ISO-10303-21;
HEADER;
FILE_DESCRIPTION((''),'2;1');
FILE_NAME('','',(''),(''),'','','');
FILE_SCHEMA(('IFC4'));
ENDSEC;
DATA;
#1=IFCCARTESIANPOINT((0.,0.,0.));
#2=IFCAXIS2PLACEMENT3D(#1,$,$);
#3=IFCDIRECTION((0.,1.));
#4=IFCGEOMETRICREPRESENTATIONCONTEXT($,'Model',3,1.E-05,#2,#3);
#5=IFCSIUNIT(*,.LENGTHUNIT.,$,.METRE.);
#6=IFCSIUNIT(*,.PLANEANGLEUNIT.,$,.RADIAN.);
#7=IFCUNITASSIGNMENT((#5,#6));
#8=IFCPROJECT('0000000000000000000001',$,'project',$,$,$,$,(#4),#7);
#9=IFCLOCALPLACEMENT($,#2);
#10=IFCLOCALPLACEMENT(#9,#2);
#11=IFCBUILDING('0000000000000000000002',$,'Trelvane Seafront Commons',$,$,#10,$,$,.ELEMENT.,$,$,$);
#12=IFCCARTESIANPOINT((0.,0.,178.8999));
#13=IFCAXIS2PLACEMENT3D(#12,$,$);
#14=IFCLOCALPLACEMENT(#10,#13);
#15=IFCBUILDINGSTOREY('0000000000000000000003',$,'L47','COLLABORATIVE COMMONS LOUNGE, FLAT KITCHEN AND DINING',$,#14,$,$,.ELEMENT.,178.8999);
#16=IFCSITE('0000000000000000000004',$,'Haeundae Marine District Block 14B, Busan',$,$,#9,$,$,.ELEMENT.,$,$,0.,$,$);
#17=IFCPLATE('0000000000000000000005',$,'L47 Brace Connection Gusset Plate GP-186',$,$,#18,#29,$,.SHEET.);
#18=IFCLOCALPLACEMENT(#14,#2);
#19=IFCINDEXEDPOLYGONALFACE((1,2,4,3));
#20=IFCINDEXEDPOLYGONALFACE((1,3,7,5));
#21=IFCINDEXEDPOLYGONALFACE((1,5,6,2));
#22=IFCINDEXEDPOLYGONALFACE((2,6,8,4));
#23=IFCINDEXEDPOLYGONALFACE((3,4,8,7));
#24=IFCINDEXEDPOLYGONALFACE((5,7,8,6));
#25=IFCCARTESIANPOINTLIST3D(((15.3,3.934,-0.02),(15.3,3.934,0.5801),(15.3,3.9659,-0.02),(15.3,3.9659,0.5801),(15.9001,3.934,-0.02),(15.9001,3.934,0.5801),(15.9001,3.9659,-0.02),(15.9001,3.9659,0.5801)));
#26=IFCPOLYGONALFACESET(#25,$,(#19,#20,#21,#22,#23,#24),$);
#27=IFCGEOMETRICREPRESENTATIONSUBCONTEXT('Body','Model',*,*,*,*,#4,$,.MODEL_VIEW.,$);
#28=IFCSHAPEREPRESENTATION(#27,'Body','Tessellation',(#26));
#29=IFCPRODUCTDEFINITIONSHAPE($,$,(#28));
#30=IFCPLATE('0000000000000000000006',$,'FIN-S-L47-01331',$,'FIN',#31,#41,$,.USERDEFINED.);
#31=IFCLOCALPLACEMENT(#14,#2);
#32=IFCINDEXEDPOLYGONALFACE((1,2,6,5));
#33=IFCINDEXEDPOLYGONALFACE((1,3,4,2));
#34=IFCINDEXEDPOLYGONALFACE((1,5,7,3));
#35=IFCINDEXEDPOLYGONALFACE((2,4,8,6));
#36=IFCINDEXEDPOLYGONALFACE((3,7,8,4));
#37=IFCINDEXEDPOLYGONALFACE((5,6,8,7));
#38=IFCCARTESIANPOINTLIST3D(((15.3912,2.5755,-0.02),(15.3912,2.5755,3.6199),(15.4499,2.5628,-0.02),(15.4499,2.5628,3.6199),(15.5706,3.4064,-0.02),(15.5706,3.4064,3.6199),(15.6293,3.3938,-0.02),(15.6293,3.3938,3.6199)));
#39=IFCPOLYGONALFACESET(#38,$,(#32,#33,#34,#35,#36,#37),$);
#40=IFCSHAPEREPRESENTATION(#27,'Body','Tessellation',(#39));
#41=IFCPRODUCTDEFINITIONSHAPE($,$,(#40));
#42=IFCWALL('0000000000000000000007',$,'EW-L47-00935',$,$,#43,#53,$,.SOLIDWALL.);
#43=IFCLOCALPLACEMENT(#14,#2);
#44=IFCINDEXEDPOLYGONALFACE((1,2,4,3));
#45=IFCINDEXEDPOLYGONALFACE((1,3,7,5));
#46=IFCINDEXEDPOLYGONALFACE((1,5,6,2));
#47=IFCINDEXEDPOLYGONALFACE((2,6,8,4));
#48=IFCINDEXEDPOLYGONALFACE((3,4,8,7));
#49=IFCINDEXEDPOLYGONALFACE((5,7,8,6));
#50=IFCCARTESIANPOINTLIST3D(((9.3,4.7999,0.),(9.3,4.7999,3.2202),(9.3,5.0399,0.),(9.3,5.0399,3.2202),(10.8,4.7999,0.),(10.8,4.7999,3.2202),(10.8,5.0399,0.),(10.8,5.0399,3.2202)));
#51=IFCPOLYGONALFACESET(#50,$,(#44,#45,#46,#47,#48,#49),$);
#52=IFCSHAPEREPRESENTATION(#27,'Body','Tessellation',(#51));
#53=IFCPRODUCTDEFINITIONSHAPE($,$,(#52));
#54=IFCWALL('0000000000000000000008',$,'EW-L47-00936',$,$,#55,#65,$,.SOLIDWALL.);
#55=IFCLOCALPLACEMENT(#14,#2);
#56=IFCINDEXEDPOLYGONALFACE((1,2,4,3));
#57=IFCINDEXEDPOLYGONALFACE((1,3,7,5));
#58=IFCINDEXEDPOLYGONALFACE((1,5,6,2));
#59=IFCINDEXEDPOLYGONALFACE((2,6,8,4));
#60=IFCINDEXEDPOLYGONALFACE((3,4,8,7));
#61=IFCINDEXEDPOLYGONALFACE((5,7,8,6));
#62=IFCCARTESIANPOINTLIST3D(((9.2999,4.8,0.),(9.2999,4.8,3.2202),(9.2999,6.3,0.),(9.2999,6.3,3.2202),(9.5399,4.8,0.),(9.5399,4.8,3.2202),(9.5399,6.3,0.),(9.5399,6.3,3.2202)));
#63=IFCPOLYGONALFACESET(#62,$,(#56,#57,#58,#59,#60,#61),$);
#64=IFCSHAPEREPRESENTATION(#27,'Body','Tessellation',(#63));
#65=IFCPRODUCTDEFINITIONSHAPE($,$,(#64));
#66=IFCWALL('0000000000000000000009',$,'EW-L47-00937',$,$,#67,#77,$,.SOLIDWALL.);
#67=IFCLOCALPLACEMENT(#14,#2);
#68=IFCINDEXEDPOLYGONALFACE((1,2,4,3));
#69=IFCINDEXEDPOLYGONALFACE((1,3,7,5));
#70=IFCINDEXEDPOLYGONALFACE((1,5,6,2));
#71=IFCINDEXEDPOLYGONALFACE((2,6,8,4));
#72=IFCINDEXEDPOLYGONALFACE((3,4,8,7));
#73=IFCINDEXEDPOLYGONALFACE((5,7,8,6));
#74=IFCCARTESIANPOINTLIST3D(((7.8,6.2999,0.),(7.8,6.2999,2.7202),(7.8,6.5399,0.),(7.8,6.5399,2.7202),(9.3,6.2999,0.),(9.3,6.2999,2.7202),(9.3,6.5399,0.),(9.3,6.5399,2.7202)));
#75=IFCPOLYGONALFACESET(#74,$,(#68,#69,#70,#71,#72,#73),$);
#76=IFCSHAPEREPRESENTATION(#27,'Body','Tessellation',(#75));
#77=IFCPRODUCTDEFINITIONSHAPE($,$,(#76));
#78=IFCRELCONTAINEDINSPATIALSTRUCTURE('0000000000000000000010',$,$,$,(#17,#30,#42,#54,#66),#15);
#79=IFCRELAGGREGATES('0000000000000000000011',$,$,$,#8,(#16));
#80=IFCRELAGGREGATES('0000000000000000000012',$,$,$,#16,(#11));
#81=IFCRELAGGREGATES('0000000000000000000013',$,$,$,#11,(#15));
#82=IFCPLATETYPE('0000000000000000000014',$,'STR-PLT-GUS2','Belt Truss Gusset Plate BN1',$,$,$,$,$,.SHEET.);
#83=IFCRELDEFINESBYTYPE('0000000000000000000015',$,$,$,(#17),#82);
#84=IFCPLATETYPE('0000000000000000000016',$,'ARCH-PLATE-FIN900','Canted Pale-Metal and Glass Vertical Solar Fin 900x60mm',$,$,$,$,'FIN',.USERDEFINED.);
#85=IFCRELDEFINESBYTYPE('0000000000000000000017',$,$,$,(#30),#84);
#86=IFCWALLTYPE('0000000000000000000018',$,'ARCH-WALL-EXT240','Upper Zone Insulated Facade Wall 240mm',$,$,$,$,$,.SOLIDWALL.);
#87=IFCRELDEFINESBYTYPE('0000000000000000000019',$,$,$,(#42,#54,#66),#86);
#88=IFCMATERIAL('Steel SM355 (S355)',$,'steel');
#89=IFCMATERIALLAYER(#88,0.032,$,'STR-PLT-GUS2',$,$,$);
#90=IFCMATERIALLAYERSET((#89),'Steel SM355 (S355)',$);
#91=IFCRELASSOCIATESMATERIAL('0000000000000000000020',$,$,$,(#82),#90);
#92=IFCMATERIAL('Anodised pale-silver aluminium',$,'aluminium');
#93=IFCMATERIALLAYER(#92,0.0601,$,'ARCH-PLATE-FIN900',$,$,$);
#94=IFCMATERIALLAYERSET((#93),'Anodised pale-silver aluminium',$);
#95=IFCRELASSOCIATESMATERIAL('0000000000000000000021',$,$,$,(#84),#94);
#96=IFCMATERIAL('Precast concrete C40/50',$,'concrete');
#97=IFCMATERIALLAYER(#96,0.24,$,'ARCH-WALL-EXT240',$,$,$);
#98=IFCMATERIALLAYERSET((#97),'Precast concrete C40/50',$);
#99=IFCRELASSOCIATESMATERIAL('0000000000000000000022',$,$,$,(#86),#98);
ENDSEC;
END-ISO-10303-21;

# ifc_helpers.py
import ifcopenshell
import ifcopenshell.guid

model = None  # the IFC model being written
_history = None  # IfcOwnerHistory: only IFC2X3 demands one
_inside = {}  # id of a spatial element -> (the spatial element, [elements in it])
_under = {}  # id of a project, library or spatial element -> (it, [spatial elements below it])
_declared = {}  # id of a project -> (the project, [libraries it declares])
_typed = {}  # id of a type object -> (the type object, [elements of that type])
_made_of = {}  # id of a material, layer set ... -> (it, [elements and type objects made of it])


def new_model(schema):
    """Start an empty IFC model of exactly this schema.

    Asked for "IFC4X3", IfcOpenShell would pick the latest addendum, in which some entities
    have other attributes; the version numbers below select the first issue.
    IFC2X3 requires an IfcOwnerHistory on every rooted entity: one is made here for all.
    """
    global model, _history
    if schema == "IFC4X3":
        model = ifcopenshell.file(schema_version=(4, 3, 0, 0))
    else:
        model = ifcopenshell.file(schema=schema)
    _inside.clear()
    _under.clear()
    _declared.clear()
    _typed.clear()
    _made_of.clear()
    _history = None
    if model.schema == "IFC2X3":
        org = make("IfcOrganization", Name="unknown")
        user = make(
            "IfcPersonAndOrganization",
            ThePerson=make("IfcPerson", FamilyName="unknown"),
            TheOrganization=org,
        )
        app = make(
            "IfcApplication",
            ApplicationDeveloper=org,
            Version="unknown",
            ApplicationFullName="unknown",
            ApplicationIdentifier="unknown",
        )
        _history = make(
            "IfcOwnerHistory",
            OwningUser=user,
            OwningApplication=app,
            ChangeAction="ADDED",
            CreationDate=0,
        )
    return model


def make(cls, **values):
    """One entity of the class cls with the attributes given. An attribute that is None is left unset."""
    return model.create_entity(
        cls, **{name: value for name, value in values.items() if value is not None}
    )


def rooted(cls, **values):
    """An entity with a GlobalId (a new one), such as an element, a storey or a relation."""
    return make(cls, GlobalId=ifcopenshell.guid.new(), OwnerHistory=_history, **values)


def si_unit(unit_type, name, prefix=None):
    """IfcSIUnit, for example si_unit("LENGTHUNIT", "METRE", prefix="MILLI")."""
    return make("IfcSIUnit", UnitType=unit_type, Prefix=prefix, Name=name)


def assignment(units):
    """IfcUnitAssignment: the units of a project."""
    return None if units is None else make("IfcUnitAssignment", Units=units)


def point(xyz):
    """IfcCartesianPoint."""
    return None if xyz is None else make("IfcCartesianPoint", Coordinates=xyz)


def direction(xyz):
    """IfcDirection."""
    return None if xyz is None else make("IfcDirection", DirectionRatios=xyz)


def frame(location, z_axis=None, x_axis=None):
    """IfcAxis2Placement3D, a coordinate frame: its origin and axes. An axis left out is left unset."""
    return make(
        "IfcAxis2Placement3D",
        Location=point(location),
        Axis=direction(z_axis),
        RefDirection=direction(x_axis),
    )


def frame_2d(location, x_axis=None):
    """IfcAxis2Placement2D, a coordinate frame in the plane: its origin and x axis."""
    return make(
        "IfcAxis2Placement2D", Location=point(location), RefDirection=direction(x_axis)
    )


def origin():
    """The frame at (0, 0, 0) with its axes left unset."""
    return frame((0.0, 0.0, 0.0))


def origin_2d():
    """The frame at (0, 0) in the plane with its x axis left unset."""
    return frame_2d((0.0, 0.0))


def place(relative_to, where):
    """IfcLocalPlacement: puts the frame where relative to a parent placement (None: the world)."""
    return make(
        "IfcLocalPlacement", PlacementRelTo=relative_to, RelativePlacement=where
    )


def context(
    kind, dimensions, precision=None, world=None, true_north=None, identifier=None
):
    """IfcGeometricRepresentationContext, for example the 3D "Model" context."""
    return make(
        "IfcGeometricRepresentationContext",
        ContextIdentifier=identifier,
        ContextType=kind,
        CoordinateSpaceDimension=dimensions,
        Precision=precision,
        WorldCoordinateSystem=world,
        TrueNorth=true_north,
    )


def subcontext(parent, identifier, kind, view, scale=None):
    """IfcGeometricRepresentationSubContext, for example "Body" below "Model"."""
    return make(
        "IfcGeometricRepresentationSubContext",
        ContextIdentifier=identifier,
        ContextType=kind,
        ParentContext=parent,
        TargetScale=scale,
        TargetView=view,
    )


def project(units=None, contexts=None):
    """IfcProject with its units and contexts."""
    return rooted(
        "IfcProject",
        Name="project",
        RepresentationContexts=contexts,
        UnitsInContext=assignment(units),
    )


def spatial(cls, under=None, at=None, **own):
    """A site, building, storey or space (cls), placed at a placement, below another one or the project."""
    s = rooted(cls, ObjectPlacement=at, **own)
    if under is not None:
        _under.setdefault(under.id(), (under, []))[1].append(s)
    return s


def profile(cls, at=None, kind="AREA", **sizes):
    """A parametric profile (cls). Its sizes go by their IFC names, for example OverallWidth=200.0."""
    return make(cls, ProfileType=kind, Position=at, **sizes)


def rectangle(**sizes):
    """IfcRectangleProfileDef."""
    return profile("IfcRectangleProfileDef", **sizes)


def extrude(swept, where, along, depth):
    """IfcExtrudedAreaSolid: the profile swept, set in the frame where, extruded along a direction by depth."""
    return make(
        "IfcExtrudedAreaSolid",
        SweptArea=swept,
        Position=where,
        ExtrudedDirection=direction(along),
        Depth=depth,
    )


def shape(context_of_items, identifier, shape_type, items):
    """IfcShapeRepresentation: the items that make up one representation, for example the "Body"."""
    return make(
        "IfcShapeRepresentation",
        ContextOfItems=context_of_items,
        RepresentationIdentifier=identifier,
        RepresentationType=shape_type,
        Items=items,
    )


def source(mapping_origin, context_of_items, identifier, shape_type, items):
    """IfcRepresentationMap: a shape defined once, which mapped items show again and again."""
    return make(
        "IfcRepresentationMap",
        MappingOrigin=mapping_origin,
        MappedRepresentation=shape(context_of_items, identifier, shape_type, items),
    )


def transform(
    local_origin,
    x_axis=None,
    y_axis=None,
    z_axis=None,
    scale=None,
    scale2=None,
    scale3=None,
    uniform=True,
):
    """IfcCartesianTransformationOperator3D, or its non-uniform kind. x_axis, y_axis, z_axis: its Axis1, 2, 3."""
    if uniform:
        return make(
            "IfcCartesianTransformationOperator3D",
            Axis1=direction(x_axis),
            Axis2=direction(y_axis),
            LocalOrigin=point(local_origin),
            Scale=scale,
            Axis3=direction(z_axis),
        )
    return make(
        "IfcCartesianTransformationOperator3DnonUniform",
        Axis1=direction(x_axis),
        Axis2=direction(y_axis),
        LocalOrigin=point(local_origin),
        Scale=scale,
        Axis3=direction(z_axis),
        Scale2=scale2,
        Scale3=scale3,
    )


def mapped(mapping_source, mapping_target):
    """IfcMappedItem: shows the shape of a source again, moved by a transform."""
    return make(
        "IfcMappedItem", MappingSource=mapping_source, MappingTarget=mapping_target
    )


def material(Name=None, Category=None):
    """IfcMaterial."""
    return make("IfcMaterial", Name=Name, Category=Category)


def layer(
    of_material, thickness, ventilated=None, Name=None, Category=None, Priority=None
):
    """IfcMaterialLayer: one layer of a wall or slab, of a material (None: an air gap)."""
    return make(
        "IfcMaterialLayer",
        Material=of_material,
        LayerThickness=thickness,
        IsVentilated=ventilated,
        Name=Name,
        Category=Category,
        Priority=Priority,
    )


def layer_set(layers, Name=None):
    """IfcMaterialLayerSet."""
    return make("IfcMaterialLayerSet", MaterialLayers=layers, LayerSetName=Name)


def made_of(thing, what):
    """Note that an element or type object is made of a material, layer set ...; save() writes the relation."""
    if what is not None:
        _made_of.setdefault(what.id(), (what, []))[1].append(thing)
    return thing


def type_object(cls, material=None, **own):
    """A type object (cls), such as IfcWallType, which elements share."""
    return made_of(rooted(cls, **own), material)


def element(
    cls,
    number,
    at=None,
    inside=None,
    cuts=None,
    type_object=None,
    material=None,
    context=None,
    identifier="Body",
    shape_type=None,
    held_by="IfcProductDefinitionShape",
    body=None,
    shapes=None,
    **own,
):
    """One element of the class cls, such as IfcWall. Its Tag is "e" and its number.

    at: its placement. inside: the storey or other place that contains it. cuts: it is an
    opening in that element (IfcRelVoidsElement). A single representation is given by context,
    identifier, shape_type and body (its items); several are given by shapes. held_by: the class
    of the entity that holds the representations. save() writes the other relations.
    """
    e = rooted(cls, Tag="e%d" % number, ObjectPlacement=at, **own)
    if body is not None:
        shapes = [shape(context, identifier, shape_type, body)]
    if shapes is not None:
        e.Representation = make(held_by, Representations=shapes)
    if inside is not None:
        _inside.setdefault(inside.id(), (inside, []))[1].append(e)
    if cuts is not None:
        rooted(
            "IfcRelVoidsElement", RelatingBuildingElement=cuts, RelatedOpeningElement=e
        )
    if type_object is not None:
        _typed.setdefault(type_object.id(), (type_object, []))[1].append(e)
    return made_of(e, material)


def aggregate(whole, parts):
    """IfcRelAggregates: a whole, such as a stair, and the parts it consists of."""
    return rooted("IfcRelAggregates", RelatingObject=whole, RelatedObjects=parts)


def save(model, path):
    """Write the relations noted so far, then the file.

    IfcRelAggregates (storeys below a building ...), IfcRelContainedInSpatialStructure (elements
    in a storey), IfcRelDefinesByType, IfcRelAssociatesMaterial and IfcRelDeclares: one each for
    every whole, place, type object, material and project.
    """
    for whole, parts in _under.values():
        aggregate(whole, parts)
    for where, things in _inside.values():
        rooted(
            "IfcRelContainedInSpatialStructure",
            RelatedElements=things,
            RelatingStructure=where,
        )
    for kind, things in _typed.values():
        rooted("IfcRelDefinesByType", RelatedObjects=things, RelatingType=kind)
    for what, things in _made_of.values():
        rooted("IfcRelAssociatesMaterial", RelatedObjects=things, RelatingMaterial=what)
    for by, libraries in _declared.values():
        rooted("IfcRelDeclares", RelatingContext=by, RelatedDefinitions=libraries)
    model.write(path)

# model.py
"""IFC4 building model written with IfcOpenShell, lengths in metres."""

from ifc_helpers import new_model, si_unit, direction, frame, frame_2d, origin, origin_2d, place, context, subcontext, project, spatial, rectangle, extrude, source, transform, mapped, material, layer, layer_set, type_object, element, save


model = new_model("IFC4")

# Units and contexts
model_context = context("Model", 3, precision=1e-05, world=origin(), true_north=direction((0.0, 1.0)))
body_context = subcontext(model_context, "Body", "Model", "MODEL_VIEW")
ifc_project = project(units=[si_unit("LENGTHUNIT", "METRE"), si_unit("PLANEANGLEUNIT", "RADIAN")], contexts=[model_context])

# Site, building, storey
site_placement = place(None, origin())
site = spatial("IfcSite", under=ifc_project, at=site_placement, Name="Haeundae Marine District Block 14B, Busan", CompositionType="ELEMENT", RefElevation=0.0)
building_placement = place(site_placement, origin())
building = spatial("IfcBuilding", under=site, at=building_placement, Name="Trelvane Seafront Commons", CompositionType="ELEMENT")
storey_placement = place(building_placement, frame((0.0, 0.0, 178.8999)))
storey = spatial("IfcBuildingStorey", under=building, at=storey_placement, Name="L47", Description="COLLABORATIVE COMMONS LOUNGE, FLAT KITCHEN AND DINING", CompositionType="ELEMENT", Elevation=178.8999)

# Shared definitions
ifc_material_1 = material(Name="Steel SM355 (S355)", Category="steel")

# Plates
ifc_layer_1 = layer(ifc_material_1, 0.032, Name="STR-PLT-GUS2")
ifc_layer_set_1 = layer_set([ifc_layer_1], Name="Steel SM355 (S355)")
plate_type_1 = type_object("IfcPlateType", Name="STR-PLT-GUS2", Description="Belt Truss Gusset Plate BN1", PredefinedType="SHEET", material=ifc_layer_set_1)
shared_shape_1 = source(origin(), body_context, "Body", "SweptSolid", [
    extrude(rectangle(XDim=0.6001, YDim=0.032, at=origin_2d()), origin(), (0.0, 0.0, 1.0), 0.6001),
])
plate_1_placement = place(storey_placement, frame((15.6001, 3.95, -0.02), z_axis=(0.0, 0.0, 1.0), x_axis=(1.0, 0.0, 0.0)))
element("IfcPlate", 1, at=plate_1_placement, inside=storey, type_object=plate_type_1, Name="L47 Brace Connection Gusset Plate GP-186", PredefinedType="SHEET", context=body_context, shape_type="MappedRepresentation", body=[
    mapped(shared_shape_1, transform((0.0, 0.0, 0.0), x_axis=(1.0, 0.0, 0.0), y_axis=(0.0, 1.0, 0.0), z_axis=(0.0, 0.0, 1.0), scale=1.0)),
])
ifc_material_2 = material(Name="Anodised pale-silver aluminium", Category="aluminium")
ifc_layer_2 = layer(ifc_material_2, 0.0601, Name="ARCH-PLATE-FIN900")
ifc_layer_set_2 = layer_set([ifc_layer_2], Name="Anodised pale-silver aluminium")
plate_type_2 = type_object("IfcPlateType", Name="ARCH-PLATE-FIN900", Description="Canted Pale-Metal and Glass Vertical Solar Fin 900x60mm", ElementType="FIN", PredefinedType="USERDEFINED", material=ifc_layer_set_2)
shared_shape_2 = source(origin(), body_context, "Body", "SweptSolid", [
    extrude(rectangle(XDim=0.8501, YDim=0.0601, at=origin_2d()), origin(), (0.0, 0.0, 1.0), 3.6399),
])
plate_2_placement = place(storey_placement, frame((15.5103, 2.9846, -0.02), z_axis=(0.0, 0.0, 1.0), x_axis=(-0.211047, -0.977476, 0.0)))
element("IfcPlate", 2, at=plate_2_placement, inside=storey, type_object=plate_type_2, Name="FIN-S-L47-01331", ObjectType="FIN", PredefinedType="USERDEFINED", context=body_context, shape_type="MappedRepresentation", body=[
    mapped(shared_shape_2, transform((0.0, 0.0, 0.0), x_axis=(1.0, 0.0, 0.0), y_axis=(0.0, 1.0, 0.0), z_axis=(0.0, 0.0, 1.0), scale=1.0)),
])

# Walls
ifc_material_3 = material(Name="Precast concrete C40/50", Category="concrete")
ifc_layer_3 = layer(ifc_material_3, 0.24, Name="ARCH-WALL-EXT240")
ifc_layer_set_3 = layer_set([ifc_layer_3], Name="Precast concrete C40/50")
wall_type_1 = type_object("IfcWallType", Name="ARCH-WALL-EXT240", Description="Upper Zone Insulated Facade Wall 240mm", PredefinedType="SOLIDWALL", material=ifc_layer_set_3)
for number, where, z_axis, x_axis, name in (
    (3, (10.8, 4.9199, 0.0), (0.0, 0.0, 1.0), (-1.0, 0.0, 0.0), "EW-L47-00935"),
    (4, (9.4199, 4.8, 0.0), (0.0, 0.0, 1.0), (0.0, 1.0, 0.0), "EW-L47-00936"),
):
    element("IfcWall", number, at=place(storey_placement, frame(where, z_axis=z_axis, x_axis=x_axis)), inside=storey, type_object=wall_type_1, Name=name, PredefinedType="SOLIDWALL", context=body_context, shape_type="SweptSolid", body=[
        extrude(rectangle(XDim=1.5, YDim=0.24, at=frame_2d((0.75, 0.0))), origin(), (0.0, 0.0, 1.0), 3.2202),
    ])
wall_1_placement = place(storey_placement, frame((9.3, 6.4199, 0.0), z_axis=(0.0, 0.0, 1.0), x_axis=(-1.0, 0.0, 0.0)))
element("IfcWall", 5, at=wall_1_placement, inside=storey, type_object=wall_type_1, Name="EW-L47-00937", PredefinedType="SOLIDWALL", context=body_context, shape_type="SweptSolid", body=[
    extrude(rectangle(XDim=1.5, YDim=0.24, at=frame_2d((0.75, 0.0))), origin(), (0.0, 0.0, 1.0), 2.7202),
])

save(model, "model.ifc")
